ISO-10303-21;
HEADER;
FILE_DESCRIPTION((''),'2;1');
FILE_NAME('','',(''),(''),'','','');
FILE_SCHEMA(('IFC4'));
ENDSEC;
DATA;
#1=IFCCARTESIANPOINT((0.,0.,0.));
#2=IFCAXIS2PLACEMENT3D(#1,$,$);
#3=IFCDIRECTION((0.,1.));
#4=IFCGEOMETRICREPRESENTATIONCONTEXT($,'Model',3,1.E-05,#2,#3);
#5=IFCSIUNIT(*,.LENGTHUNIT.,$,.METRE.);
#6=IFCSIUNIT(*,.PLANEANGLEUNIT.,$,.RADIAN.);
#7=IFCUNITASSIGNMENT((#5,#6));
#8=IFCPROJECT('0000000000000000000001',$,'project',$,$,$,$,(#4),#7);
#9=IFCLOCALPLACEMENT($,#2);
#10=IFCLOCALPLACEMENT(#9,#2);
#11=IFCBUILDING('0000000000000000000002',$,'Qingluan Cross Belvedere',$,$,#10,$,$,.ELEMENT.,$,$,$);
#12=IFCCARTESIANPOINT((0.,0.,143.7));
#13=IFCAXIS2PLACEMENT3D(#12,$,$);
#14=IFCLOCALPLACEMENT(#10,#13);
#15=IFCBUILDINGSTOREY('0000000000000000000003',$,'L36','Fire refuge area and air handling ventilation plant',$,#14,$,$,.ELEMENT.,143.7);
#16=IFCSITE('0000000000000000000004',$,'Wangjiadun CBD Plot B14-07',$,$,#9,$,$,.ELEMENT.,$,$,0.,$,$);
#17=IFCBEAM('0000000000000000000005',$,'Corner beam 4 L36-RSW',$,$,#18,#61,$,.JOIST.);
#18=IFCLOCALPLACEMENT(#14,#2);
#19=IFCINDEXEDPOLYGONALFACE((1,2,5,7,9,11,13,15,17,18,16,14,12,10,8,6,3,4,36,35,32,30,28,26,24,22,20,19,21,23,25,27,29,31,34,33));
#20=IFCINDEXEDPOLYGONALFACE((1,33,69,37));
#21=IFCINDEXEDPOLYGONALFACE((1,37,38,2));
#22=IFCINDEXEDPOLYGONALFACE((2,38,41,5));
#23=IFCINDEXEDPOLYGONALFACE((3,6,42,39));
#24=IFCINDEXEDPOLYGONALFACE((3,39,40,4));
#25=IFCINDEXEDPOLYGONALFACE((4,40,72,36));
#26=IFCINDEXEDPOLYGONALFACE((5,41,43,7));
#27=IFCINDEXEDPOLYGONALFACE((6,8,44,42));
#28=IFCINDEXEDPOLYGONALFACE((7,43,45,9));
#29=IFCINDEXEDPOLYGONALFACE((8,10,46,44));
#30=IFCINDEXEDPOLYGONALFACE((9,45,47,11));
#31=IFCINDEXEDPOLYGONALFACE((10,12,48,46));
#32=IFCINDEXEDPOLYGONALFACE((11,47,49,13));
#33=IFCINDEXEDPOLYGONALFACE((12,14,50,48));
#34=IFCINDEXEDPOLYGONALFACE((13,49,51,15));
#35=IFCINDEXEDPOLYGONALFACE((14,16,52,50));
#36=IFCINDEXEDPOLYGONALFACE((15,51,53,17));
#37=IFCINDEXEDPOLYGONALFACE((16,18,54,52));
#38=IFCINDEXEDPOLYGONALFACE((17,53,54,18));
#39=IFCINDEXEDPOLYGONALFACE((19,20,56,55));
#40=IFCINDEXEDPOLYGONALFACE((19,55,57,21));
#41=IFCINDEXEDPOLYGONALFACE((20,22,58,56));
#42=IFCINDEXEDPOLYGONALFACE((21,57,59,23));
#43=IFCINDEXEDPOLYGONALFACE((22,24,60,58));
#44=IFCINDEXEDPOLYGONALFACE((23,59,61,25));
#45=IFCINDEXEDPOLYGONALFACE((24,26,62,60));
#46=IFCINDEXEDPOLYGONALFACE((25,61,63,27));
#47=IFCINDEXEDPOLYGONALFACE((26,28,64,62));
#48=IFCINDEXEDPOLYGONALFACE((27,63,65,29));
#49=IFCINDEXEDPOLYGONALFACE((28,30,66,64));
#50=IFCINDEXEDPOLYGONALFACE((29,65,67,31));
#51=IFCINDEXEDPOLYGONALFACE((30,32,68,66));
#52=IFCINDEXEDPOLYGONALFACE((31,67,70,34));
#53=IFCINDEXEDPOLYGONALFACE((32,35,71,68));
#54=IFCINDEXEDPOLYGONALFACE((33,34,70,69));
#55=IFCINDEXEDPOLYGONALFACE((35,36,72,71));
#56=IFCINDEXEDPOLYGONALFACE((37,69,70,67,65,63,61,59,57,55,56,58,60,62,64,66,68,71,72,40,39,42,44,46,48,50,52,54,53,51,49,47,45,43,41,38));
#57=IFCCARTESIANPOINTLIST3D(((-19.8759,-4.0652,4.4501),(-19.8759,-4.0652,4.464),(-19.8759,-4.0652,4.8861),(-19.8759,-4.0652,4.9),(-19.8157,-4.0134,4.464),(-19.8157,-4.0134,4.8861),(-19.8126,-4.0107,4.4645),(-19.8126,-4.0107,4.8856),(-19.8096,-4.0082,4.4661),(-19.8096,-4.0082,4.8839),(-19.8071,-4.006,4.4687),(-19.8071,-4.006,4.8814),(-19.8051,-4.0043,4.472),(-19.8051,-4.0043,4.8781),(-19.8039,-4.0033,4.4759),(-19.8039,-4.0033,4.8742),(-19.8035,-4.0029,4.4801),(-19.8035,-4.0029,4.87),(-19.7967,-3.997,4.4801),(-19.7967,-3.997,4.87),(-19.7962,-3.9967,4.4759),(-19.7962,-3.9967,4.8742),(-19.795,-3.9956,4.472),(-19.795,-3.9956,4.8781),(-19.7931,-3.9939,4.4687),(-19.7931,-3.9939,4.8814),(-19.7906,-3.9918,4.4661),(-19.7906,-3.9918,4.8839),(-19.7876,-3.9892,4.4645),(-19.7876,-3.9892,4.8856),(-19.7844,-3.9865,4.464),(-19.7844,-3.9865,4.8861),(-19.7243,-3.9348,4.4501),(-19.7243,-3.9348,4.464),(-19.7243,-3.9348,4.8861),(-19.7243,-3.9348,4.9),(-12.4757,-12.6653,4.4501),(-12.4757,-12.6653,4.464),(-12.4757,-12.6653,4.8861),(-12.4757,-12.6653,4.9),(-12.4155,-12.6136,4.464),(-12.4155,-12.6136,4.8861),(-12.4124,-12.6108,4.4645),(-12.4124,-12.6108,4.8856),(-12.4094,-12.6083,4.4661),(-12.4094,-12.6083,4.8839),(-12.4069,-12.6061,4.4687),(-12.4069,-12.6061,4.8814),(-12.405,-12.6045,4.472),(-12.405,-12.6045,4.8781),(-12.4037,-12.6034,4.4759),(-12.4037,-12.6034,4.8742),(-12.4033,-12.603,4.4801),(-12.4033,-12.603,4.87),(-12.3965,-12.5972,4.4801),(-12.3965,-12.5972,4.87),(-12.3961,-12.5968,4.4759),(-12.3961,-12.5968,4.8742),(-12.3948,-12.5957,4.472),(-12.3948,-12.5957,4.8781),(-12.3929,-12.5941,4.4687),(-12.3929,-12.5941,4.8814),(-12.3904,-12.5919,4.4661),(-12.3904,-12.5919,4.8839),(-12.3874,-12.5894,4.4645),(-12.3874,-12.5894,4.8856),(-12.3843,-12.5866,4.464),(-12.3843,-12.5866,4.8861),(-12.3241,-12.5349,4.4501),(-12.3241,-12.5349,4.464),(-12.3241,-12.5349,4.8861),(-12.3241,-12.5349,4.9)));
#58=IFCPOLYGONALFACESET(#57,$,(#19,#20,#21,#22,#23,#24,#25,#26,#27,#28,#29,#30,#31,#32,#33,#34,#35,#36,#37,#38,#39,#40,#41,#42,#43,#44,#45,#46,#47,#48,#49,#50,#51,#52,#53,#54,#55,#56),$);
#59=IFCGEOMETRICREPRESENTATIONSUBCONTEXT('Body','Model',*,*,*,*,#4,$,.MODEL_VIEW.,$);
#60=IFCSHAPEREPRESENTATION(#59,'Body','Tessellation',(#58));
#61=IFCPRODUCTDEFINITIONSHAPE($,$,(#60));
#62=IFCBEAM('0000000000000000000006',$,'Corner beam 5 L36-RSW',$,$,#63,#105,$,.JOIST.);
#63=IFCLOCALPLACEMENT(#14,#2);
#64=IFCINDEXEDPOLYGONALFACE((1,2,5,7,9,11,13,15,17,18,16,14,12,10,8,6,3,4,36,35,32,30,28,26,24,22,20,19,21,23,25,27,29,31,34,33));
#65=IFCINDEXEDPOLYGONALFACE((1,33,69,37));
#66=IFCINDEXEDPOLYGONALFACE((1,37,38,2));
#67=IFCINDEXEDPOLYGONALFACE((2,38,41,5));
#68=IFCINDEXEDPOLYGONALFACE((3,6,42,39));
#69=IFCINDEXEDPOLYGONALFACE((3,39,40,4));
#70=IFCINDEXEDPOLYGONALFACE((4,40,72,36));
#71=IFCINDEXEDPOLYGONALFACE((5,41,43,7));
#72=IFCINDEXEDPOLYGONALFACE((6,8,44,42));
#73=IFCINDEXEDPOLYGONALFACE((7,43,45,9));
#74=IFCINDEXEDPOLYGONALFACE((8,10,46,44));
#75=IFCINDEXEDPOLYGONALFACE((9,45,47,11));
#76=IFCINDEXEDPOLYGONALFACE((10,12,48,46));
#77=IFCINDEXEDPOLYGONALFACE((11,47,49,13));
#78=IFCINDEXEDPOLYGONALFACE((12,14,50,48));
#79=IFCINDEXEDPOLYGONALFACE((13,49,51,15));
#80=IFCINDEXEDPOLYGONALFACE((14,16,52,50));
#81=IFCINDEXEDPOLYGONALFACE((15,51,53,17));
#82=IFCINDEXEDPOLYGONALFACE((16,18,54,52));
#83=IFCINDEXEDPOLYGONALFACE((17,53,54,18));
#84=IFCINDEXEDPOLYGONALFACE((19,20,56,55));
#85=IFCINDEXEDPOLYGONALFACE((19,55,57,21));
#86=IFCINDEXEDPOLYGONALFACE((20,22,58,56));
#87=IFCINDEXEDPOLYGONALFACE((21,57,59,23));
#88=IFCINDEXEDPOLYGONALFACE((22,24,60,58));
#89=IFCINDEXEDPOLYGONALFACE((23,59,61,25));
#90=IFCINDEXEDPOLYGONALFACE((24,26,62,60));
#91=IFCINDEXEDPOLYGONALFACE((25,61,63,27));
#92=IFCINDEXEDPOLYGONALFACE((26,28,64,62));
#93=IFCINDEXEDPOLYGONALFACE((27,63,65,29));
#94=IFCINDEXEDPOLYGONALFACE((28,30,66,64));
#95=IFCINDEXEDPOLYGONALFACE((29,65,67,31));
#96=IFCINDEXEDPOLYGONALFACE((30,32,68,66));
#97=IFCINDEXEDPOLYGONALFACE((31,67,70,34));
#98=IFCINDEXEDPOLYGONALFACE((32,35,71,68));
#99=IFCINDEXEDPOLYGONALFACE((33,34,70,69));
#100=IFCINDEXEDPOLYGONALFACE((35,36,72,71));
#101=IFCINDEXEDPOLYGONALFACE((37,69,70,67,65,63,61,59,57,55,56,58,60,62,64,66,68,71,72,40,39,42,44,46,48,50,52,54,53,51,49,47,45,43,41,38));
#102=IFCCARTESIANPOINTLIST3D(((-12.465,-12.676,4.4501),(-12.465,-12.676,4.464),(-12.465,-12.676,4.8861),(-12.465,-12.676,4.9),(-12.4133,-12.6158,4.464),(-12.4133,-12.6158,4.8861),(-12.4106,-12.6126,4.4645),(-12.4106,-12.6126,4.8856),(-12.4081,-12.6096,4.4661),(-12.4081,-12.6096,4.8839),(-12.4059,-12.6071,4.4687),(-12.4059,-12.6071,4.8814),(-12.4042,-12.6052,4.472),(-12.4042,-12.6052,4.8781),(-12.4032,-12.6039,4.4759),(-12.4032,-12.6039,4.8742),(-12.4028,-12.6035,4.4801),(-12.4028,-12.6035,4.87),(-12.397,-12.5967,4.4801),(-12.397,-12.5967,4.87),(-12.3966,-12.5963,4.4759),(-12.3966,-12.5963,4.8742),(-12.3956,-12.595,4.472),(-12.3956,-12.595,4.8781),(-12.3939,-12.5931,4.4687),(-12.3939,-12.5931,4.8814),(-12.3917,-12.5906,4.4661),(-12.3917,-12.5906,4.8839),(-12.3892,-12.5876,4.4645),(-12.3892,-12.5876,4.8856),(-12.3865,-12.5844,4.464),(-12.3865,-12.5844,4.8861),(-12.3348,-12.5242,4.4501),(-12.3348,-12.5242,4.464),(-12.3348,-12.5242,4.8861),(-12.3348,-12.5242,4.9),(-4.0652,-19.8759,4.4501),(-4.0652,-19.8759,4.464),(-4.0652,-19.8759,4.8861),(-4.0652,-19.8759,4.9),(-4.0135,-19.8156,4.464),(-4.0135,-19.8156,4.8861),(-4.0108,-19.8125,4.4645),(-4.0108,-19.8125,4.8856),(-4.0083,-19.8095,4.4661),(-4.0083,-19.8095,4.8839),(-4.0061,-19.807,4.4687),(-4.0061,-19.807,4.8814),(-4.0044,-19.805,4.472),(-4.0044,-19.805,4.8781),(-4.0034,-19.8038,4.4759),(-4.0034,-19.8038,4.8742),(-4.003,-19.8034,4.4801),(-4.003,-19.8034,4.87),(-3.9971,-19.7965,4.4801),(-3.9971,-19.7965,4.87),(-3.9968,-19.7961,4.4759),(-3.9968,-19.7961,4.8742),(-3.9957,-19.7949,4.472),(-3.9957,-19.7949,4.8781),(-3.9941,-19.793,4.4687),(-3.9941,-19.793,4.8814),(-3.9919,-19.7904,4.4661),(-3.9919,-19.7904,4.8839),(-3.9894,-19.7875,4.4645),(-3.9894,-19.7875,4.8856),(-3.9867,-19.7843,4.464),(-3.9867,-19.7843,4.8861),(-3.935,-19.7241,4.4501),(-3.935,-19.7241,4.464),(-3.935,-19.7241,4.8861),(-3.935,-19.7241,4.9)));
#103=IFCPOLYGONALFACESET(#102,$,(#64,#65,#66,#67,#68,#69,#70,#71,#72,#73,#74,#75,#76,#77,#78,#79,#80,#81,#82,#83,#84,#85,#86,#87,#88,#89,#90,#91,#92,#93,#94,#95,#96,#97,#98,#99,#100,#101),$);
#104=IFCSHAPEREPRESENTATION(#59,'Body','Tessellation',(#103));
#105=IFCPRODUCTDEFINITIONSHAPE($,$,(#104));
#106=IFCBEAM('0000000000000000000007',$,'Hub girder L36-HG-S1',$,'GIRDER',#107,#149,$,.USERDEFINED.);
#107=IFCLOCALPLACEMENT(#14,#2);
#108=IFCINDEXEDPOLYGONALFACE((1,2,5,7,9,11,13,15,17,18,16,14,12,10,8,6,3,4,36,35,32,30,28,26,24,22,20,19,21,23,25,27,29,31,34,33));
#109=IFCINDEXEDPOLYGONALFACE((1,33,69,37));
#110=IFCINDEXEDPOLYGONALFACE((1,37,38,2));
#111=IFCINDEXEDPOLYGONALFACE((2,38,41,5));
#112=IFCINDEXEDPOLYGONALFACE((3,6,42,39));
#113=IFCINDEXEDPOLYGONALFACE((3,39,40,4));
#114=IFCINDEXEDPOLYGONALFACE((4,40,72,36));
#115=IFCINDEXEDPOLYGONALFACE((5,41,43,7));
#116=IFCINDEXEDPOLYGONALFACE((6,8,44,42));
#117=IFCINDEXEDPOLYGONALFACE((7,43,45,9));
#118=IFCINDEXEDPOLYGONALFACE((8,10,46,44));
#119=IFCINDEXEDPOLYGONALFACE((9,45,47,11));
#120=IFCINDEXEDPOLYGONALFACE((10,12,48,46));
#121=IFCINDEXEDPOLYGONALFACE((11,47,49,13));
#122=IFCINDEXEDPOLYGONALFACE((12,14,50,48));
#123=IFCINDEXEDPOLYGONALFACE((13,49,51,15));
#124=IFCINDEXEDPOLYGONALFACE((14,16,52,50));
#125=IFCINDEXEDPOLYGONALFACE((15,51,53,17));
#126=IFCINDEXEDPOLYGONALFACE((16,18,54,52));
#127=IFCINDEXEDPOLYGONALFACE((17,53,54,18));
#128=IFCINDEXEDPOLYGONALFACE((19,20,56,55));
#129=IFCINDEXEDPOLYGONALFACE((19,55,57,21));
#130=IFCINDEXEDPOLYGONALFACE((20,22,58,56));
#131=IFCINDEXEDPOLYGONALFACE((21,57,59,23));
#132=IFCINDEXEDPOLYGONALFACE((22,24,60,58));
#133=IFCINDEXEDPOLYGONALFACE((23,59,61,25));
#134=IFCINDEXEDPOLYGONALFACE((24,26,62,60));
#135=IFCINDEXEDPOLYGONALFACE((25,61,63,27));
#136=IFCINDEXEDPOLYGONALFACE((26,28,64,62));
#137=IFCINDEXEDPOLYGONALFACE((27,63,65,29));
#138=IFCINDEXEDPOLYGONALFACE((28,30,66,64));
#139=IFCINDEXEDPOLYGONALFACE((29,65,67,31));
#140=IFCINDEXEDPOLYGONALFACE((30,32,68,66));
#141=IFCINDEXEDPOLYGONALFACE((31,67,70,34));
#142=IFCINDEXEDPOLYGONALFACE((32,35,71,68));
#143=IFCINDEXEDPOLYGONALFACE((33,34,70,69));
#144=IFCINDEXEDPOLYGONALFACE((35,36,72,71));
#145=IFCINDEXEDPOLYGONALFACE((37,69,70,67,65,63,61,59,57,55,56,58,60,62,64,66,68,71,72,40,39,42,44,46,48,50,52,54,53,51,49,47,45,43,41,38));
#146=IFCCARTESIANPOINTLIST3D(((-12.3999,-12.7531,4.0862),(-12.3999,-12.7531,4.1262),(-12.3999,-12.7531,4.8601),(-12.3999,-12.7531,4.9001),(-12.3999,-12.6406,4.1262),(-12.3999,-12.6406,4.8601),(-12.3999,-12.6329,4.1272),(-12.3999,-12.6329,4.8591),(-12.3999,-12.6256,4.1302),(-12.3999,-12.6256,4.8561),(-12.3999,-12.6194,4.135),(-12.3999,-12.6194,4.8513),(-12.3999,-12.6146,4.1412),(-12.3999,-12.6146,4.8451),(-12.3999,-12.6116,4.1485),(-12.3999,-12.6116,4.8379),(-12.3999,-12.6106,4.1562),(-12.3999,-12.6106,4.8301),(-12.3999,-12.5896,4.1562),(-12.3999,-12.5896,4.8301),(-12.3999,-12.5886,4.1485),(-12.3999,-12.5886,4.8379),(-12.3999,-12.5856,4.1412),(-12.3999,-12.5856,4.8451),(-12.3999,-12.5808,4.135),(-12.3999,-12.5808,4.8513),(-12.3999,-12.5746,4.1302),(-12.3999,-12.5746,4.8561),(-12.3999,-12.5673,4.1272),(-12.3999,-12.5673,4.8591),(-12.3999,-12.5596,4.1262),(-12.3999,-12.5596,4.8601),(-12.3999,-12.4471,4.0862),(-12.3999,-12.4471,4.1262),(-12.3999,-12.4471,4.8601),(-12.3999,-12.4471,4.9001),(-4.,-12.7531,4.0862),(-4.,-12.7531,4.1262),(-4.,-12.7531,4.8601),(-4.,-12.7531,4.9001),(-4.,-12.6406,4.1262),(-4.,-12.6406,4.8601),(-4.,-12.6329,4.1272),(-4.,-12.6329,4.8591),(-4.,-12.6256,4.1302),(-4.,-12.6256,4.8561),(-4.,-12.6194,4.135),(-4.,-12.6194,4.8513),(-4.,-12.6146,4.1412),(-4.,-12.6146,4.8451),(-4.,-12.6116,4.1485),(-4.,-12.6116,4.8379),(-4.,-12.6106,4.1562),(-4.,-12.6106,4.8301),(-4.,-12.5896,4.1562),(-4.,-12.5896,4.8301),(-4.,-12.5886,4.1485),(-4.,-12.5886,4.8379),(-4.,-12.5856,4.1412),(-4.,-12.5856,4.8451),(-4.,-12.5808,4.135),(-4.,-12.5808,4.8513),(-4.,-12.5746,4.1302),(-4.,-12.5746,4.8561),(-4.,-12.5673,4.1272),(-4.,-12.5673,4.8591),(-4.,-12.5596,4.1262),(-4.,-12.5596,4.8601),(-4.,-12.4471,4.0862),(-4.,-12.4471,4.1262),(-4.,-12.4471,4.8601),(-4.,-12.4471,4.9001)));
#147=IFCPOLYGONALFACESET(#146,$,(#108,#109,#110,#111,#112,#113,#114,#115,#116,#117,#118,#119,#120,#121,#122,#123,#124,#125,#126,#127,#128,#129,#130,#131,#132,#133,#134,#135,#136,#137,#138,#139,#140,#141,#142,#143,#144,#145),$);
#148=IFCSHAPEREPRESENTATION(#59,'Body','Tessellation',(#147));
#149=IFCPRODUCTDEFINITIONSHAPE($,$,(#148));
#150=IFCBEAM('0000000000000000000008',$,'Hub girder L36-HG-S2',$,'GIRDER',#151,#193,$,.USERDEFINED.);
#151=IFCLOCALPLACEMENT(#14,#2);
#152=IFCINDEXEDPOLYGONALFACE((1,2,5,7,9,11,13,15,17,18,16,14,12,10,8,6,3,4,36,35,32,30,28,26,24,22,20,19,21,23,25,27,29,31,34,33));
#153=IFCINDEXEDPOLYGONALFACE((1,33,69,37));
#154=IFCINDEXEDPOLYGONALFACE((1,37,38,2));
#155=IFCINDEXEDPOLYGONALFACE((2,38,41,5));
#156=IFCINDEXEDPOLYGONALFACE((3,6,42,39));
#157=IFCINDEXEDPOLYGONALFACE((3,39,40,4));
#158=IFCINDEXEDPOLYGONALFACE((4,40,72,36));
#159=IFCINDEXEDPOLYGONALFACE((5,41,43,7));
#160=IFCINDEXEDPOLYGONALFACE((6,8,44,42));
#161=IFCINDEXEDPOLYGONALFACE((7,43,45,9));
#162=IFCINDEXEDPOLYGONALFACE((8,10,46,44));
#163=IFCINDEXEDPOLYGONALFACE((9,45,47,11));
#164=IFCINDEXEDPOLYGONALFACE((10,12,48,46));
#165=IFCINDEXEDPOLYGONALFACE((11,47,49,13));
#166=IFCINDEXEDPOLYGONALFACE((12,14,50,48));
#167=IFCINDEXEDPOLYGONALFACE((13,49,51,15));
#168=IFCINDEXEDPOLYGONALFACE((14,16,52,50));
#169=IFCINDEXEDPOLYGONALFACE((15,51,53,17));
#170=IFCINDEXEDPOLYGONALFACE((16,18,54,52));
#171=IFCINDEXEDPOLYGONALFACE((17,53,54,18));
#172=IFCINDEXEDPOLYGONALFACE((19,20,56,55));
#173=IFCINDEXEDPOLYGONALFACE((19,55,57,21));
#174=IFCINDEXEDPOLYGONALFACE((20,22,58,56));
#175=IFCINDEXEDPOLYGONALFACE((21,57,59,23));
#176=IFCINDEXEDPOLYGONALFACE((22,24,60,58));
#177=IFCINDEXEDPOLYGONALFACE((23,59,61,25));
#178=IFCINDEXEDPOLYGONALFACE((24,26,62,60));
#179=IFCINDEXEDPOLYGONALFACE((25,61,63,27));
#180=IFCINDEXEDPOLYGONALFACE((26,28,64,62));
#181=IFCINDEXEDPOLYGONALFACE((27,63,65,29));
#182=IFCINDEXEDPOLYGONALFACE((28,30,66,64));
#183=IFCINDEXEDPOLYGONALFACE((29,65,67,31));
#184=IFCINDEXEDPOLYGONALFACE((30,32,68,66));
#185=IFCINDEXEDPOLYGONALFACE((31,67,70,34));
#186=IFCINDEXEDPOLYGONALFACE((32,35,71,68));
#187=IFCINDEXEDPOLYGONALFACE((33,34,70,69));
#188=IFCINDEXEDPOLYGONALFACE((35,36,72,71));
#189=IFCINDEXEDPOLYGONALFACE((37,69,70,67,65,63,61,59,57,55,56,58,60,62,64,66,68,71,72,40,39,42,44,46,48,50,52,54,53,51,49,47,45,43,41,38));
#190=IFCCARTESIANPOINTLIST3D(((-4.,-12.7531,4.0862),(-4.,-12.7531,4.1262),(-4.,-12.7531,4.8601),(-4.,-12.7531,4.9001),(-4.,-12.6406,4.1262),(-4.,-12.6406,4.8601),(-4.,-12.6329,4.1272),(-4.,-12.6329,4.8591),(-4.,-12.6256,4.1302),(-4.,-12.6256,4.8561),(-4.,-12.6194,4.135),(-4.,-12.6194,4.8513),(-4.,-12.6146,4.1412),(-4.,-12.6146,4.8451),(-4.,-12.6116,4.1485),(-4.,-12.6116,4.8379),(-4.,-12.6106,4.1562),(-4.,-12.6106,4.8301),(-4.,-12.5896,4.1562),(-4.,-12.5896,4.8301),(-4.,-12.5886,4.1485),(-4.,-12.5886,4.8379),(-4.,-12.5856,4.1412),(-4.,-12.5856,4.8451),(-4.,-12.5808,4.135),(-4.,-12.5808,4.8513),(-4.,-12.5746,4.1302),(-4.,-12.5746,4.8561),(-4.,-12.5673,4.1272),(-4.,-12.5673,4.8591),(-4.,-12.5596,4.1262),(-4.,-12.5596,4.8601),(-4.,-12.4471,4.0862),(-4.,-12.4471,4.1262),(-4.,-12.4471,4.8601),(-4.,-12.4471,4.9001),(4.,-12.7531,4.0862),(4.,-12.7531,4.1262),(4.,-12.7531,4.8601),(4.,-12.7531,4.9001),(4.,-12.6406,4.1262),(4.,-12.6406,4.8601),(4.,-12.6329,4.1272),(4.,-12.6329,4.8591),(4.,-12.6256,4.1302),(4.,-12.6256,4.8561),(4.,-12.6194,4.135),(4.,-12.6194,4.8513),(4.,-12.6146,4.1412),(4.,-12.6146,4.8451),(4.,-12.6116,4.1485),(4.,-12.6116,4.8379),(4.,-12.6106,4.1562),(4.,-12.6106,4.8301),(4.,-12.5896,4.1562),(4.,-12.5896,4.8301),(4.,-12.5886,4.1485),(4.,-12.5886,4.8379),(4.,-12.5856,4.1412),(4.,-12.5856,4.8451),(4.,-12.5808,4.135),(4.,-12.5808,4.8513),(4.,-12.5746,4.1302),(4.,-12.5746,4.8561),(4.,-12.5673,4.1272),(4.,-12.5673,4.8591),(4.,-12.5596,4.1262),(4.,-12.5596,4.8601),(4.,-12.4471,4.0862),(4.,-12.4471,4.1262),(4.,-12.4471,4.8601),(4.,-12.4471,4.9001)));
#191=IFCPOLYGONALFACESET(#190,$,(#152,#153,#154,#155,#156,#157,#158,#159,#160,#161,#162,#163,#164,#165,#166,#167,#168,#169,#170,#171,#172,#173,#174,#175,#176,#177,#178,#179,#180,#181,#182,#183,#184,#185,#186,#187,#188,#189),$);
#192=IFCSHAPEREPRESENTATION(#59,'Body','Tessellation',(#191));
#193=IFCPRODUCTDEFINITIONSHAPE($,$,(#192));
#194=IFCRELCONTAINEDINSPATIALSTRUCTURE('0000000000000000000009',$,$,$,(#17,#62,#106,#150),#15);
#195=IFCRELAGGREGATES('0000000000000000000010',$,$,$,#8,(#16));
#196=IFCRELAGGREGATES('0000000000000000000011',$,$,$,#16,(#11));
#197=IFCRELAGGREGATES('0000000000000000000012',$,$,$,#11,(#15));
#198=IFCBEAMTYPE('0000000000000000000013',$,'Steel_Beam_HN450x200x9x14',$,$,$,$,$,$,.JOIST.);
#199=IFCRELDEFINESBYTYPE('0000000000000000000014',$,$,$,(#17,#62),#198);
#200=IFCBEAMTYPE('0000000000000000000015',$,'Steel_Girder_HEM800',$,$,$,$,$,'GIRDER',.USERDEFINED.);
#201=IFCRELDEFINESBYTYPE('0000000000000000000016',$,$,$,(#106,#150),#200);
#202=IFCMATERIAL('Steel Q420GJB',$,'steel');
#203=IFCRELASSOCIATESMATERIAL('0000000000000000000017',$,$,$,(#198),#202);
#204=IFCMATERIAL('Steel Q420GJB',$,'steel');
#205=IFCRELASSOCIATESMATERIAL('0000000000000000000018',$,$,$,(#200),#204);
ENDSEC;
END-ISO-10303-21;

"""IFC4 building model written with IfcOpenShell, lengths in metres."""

from ifc_helpers import new_model, si_unit, direction, frame, origin, origin_2d, place, context, subcontext, project, spatial, i_section, extrude, material, material_profile, profile_set, type_object, element, save


model = new_model("IFC4")

# Units and contexts
model_context = context("Model", 3, precision=1e-05, world=origin(), true_north=direction((0.0, 1.0)))
body_context = subcontext(model_context, "Body", "Model", "MODEL_VIEW")
ifc_project = project(units=[si_unit("LENGTHUNIT", "METRE"), si_unit("PLANEANGLEUNIT", "RADIAN")], contexts=[model_context])

# Site, building, storey
site_placement = place(None, origin())
site = spatial("IfcSite", under=ifc_project, at=site_placement, Name="Wangjiadun CBD Plot B14-07", CompositionType="ELEMENT", RefElevation=0.0)
building_placement = place(site_placement, origin())
building = spatial("IfcBuilding", under=site, at=building_placement, Name="Qingluan Cross Belvedere", CompositionType="ELEMENT")
storey_placement = place(building_placement, frame((0.0, 0.0, 143.7)))
storey = spatial("IfcBuildingStorey", under=building, at=storey_placement, Name="L36", Description="Fire refuge area and air handling ventilation plant", CompositionType="ELEMENT", Elevation=143.7)

# Beams
ifc_material_1 = material(Name="Steel Q420GJB", Category="steel")
ifc_material_profile_1 = material_profile(ifc_material_1, i_section(OverallWidth=0.2, OverallDepth=0.45, WebThickness=0.009, FlangeThickness=0.0139, FilletRadius=0.0161, at=origin_2d()), Name="HN450x200x9x14")
ifc_profile_set_1 = profile_set([ifc_material_profile_1], Name="Steel Q420GJB")
beam_type_1 = type_object("IfcBeamType", Name="Steel_Beam_HN450x200x9x14", PredefinedType="JOIST", material=ifc_profile_set_1)
beam_1_placement = place(storey_placement, frame((-12.3999, -12.6001, 4.675), z_axis=(-0.652245, 0.758008, 0.0), x_axis=(-0.758008, -0.652245, 0.0)))
element("IfcBeam", 1, at=beam_1_placement, inside=storey, type_object=beam_type_1, Name="Corner beam 4 L36-RSW", PredefinedType="JOIST", context=body_context, shape_type="SweptSolid", body=[
    extrude(i_section(OverallWidth=0.2, OverallDepth=0.45, WebThickness=0.009, FlangeThickness=0.0139, FilletRadius=0.0161, at=origin_2d()), origin(), (0.0, 0.0, 1.0), 11.3457),
])
beam_2_placement = place(storey_placement, frame((-12.3999, -12.6001, 4.675), z_axis=(0.759255, -0.650793, 0.0), x_axis=(0.650793, 0.759255, 0.0)))
element("IfcBeam", 2, at=beam_2_placement, inside=storey, type_object=beam_type_1, Name="Corner beam 5 L36-RSW", PredefinedType="JOIST", context=body_context, shape_type="SweptSolid", body=[
    extrude(i_section(OverallWidth=0.2, OverallDepth=0.45, WebThickness=0.009, FlangeThickness=0.0139, FilletRadius=0.0161, at=origin_2d()), origin(), (0.0, 0.0, 1.0), 11.0632),
])
ifc_material_2 = material(Name="Steel Q420GJB", Category="steel")
ifc_material_profile_2 = material_profile(ifc_material_2, i_section(OverallWidth=0.3059, OverallDepth=0.814, WebThickness=0.021, FlangeThickness=0.04, FilletRadius=0.03, at=origin_2d()), Name="HEM800")
ifc_profile_set_2 = profile_set([ifc_material_profile_2], Name="Steel Q420GJB")
beam_type_2 = type_object("IfcBeamType", Name="Steel_Girder_HEM800", ElementType="GIRDER", PredefinedType="USERDEFINED", material=ifc_profile_set_2)
beam_3_placement = place(storey_placement, frame((-12.3999, -12.6001, 4.4932), z_axis=(1.0, 0.0, 0.0), x_axis=(0.0, 1.0, 0.0)))
element("IfcBeam", 3, at=beam_3_placement, inside=storey, type_object=beam_type_2, Name="Hub girder L36-HG-S1", ObjectType="GIRDER", PredefinedType="USERDEFINED", context=body_context, shape_type="SweptSolid", body=[
    extrude(i_section(OverallWidth=0.3059, OverallDepth=0.814, WebThickness=0.021, FlangeThickness=0.04, FilletRadius=0.03, at=origin_2d()), origin(), (0.0, 0.0, 1.0), 8.3999),
])
beam_4_placement = place(storey_placement, frame((-4.0, -12.6001, 4.4932), z_axis=(1.0, 0.0, 0.0), x_axis=(0.0, 1.0, 0.0)))
element("IfcBeam", 4, at=beam_4_placement, inside=storey, type_object=beam_type_2, Name="Hub girder L36-HG-S2", ObjectType="GIRDER", PredefinedType="USERDEFINED", context=body_context, shape_type="SweptSolid", body=[
    extrude(i_section(OverallWidth=0.3059, OverallDepth=0.814, WebThickness=0.021, FlangeThickness=0.04, FilletRadius=0.03, at=origin_2d()), origin(), (0.0, 0.0, 1.0), 8.0),
])

save(model, "model.ifc")
